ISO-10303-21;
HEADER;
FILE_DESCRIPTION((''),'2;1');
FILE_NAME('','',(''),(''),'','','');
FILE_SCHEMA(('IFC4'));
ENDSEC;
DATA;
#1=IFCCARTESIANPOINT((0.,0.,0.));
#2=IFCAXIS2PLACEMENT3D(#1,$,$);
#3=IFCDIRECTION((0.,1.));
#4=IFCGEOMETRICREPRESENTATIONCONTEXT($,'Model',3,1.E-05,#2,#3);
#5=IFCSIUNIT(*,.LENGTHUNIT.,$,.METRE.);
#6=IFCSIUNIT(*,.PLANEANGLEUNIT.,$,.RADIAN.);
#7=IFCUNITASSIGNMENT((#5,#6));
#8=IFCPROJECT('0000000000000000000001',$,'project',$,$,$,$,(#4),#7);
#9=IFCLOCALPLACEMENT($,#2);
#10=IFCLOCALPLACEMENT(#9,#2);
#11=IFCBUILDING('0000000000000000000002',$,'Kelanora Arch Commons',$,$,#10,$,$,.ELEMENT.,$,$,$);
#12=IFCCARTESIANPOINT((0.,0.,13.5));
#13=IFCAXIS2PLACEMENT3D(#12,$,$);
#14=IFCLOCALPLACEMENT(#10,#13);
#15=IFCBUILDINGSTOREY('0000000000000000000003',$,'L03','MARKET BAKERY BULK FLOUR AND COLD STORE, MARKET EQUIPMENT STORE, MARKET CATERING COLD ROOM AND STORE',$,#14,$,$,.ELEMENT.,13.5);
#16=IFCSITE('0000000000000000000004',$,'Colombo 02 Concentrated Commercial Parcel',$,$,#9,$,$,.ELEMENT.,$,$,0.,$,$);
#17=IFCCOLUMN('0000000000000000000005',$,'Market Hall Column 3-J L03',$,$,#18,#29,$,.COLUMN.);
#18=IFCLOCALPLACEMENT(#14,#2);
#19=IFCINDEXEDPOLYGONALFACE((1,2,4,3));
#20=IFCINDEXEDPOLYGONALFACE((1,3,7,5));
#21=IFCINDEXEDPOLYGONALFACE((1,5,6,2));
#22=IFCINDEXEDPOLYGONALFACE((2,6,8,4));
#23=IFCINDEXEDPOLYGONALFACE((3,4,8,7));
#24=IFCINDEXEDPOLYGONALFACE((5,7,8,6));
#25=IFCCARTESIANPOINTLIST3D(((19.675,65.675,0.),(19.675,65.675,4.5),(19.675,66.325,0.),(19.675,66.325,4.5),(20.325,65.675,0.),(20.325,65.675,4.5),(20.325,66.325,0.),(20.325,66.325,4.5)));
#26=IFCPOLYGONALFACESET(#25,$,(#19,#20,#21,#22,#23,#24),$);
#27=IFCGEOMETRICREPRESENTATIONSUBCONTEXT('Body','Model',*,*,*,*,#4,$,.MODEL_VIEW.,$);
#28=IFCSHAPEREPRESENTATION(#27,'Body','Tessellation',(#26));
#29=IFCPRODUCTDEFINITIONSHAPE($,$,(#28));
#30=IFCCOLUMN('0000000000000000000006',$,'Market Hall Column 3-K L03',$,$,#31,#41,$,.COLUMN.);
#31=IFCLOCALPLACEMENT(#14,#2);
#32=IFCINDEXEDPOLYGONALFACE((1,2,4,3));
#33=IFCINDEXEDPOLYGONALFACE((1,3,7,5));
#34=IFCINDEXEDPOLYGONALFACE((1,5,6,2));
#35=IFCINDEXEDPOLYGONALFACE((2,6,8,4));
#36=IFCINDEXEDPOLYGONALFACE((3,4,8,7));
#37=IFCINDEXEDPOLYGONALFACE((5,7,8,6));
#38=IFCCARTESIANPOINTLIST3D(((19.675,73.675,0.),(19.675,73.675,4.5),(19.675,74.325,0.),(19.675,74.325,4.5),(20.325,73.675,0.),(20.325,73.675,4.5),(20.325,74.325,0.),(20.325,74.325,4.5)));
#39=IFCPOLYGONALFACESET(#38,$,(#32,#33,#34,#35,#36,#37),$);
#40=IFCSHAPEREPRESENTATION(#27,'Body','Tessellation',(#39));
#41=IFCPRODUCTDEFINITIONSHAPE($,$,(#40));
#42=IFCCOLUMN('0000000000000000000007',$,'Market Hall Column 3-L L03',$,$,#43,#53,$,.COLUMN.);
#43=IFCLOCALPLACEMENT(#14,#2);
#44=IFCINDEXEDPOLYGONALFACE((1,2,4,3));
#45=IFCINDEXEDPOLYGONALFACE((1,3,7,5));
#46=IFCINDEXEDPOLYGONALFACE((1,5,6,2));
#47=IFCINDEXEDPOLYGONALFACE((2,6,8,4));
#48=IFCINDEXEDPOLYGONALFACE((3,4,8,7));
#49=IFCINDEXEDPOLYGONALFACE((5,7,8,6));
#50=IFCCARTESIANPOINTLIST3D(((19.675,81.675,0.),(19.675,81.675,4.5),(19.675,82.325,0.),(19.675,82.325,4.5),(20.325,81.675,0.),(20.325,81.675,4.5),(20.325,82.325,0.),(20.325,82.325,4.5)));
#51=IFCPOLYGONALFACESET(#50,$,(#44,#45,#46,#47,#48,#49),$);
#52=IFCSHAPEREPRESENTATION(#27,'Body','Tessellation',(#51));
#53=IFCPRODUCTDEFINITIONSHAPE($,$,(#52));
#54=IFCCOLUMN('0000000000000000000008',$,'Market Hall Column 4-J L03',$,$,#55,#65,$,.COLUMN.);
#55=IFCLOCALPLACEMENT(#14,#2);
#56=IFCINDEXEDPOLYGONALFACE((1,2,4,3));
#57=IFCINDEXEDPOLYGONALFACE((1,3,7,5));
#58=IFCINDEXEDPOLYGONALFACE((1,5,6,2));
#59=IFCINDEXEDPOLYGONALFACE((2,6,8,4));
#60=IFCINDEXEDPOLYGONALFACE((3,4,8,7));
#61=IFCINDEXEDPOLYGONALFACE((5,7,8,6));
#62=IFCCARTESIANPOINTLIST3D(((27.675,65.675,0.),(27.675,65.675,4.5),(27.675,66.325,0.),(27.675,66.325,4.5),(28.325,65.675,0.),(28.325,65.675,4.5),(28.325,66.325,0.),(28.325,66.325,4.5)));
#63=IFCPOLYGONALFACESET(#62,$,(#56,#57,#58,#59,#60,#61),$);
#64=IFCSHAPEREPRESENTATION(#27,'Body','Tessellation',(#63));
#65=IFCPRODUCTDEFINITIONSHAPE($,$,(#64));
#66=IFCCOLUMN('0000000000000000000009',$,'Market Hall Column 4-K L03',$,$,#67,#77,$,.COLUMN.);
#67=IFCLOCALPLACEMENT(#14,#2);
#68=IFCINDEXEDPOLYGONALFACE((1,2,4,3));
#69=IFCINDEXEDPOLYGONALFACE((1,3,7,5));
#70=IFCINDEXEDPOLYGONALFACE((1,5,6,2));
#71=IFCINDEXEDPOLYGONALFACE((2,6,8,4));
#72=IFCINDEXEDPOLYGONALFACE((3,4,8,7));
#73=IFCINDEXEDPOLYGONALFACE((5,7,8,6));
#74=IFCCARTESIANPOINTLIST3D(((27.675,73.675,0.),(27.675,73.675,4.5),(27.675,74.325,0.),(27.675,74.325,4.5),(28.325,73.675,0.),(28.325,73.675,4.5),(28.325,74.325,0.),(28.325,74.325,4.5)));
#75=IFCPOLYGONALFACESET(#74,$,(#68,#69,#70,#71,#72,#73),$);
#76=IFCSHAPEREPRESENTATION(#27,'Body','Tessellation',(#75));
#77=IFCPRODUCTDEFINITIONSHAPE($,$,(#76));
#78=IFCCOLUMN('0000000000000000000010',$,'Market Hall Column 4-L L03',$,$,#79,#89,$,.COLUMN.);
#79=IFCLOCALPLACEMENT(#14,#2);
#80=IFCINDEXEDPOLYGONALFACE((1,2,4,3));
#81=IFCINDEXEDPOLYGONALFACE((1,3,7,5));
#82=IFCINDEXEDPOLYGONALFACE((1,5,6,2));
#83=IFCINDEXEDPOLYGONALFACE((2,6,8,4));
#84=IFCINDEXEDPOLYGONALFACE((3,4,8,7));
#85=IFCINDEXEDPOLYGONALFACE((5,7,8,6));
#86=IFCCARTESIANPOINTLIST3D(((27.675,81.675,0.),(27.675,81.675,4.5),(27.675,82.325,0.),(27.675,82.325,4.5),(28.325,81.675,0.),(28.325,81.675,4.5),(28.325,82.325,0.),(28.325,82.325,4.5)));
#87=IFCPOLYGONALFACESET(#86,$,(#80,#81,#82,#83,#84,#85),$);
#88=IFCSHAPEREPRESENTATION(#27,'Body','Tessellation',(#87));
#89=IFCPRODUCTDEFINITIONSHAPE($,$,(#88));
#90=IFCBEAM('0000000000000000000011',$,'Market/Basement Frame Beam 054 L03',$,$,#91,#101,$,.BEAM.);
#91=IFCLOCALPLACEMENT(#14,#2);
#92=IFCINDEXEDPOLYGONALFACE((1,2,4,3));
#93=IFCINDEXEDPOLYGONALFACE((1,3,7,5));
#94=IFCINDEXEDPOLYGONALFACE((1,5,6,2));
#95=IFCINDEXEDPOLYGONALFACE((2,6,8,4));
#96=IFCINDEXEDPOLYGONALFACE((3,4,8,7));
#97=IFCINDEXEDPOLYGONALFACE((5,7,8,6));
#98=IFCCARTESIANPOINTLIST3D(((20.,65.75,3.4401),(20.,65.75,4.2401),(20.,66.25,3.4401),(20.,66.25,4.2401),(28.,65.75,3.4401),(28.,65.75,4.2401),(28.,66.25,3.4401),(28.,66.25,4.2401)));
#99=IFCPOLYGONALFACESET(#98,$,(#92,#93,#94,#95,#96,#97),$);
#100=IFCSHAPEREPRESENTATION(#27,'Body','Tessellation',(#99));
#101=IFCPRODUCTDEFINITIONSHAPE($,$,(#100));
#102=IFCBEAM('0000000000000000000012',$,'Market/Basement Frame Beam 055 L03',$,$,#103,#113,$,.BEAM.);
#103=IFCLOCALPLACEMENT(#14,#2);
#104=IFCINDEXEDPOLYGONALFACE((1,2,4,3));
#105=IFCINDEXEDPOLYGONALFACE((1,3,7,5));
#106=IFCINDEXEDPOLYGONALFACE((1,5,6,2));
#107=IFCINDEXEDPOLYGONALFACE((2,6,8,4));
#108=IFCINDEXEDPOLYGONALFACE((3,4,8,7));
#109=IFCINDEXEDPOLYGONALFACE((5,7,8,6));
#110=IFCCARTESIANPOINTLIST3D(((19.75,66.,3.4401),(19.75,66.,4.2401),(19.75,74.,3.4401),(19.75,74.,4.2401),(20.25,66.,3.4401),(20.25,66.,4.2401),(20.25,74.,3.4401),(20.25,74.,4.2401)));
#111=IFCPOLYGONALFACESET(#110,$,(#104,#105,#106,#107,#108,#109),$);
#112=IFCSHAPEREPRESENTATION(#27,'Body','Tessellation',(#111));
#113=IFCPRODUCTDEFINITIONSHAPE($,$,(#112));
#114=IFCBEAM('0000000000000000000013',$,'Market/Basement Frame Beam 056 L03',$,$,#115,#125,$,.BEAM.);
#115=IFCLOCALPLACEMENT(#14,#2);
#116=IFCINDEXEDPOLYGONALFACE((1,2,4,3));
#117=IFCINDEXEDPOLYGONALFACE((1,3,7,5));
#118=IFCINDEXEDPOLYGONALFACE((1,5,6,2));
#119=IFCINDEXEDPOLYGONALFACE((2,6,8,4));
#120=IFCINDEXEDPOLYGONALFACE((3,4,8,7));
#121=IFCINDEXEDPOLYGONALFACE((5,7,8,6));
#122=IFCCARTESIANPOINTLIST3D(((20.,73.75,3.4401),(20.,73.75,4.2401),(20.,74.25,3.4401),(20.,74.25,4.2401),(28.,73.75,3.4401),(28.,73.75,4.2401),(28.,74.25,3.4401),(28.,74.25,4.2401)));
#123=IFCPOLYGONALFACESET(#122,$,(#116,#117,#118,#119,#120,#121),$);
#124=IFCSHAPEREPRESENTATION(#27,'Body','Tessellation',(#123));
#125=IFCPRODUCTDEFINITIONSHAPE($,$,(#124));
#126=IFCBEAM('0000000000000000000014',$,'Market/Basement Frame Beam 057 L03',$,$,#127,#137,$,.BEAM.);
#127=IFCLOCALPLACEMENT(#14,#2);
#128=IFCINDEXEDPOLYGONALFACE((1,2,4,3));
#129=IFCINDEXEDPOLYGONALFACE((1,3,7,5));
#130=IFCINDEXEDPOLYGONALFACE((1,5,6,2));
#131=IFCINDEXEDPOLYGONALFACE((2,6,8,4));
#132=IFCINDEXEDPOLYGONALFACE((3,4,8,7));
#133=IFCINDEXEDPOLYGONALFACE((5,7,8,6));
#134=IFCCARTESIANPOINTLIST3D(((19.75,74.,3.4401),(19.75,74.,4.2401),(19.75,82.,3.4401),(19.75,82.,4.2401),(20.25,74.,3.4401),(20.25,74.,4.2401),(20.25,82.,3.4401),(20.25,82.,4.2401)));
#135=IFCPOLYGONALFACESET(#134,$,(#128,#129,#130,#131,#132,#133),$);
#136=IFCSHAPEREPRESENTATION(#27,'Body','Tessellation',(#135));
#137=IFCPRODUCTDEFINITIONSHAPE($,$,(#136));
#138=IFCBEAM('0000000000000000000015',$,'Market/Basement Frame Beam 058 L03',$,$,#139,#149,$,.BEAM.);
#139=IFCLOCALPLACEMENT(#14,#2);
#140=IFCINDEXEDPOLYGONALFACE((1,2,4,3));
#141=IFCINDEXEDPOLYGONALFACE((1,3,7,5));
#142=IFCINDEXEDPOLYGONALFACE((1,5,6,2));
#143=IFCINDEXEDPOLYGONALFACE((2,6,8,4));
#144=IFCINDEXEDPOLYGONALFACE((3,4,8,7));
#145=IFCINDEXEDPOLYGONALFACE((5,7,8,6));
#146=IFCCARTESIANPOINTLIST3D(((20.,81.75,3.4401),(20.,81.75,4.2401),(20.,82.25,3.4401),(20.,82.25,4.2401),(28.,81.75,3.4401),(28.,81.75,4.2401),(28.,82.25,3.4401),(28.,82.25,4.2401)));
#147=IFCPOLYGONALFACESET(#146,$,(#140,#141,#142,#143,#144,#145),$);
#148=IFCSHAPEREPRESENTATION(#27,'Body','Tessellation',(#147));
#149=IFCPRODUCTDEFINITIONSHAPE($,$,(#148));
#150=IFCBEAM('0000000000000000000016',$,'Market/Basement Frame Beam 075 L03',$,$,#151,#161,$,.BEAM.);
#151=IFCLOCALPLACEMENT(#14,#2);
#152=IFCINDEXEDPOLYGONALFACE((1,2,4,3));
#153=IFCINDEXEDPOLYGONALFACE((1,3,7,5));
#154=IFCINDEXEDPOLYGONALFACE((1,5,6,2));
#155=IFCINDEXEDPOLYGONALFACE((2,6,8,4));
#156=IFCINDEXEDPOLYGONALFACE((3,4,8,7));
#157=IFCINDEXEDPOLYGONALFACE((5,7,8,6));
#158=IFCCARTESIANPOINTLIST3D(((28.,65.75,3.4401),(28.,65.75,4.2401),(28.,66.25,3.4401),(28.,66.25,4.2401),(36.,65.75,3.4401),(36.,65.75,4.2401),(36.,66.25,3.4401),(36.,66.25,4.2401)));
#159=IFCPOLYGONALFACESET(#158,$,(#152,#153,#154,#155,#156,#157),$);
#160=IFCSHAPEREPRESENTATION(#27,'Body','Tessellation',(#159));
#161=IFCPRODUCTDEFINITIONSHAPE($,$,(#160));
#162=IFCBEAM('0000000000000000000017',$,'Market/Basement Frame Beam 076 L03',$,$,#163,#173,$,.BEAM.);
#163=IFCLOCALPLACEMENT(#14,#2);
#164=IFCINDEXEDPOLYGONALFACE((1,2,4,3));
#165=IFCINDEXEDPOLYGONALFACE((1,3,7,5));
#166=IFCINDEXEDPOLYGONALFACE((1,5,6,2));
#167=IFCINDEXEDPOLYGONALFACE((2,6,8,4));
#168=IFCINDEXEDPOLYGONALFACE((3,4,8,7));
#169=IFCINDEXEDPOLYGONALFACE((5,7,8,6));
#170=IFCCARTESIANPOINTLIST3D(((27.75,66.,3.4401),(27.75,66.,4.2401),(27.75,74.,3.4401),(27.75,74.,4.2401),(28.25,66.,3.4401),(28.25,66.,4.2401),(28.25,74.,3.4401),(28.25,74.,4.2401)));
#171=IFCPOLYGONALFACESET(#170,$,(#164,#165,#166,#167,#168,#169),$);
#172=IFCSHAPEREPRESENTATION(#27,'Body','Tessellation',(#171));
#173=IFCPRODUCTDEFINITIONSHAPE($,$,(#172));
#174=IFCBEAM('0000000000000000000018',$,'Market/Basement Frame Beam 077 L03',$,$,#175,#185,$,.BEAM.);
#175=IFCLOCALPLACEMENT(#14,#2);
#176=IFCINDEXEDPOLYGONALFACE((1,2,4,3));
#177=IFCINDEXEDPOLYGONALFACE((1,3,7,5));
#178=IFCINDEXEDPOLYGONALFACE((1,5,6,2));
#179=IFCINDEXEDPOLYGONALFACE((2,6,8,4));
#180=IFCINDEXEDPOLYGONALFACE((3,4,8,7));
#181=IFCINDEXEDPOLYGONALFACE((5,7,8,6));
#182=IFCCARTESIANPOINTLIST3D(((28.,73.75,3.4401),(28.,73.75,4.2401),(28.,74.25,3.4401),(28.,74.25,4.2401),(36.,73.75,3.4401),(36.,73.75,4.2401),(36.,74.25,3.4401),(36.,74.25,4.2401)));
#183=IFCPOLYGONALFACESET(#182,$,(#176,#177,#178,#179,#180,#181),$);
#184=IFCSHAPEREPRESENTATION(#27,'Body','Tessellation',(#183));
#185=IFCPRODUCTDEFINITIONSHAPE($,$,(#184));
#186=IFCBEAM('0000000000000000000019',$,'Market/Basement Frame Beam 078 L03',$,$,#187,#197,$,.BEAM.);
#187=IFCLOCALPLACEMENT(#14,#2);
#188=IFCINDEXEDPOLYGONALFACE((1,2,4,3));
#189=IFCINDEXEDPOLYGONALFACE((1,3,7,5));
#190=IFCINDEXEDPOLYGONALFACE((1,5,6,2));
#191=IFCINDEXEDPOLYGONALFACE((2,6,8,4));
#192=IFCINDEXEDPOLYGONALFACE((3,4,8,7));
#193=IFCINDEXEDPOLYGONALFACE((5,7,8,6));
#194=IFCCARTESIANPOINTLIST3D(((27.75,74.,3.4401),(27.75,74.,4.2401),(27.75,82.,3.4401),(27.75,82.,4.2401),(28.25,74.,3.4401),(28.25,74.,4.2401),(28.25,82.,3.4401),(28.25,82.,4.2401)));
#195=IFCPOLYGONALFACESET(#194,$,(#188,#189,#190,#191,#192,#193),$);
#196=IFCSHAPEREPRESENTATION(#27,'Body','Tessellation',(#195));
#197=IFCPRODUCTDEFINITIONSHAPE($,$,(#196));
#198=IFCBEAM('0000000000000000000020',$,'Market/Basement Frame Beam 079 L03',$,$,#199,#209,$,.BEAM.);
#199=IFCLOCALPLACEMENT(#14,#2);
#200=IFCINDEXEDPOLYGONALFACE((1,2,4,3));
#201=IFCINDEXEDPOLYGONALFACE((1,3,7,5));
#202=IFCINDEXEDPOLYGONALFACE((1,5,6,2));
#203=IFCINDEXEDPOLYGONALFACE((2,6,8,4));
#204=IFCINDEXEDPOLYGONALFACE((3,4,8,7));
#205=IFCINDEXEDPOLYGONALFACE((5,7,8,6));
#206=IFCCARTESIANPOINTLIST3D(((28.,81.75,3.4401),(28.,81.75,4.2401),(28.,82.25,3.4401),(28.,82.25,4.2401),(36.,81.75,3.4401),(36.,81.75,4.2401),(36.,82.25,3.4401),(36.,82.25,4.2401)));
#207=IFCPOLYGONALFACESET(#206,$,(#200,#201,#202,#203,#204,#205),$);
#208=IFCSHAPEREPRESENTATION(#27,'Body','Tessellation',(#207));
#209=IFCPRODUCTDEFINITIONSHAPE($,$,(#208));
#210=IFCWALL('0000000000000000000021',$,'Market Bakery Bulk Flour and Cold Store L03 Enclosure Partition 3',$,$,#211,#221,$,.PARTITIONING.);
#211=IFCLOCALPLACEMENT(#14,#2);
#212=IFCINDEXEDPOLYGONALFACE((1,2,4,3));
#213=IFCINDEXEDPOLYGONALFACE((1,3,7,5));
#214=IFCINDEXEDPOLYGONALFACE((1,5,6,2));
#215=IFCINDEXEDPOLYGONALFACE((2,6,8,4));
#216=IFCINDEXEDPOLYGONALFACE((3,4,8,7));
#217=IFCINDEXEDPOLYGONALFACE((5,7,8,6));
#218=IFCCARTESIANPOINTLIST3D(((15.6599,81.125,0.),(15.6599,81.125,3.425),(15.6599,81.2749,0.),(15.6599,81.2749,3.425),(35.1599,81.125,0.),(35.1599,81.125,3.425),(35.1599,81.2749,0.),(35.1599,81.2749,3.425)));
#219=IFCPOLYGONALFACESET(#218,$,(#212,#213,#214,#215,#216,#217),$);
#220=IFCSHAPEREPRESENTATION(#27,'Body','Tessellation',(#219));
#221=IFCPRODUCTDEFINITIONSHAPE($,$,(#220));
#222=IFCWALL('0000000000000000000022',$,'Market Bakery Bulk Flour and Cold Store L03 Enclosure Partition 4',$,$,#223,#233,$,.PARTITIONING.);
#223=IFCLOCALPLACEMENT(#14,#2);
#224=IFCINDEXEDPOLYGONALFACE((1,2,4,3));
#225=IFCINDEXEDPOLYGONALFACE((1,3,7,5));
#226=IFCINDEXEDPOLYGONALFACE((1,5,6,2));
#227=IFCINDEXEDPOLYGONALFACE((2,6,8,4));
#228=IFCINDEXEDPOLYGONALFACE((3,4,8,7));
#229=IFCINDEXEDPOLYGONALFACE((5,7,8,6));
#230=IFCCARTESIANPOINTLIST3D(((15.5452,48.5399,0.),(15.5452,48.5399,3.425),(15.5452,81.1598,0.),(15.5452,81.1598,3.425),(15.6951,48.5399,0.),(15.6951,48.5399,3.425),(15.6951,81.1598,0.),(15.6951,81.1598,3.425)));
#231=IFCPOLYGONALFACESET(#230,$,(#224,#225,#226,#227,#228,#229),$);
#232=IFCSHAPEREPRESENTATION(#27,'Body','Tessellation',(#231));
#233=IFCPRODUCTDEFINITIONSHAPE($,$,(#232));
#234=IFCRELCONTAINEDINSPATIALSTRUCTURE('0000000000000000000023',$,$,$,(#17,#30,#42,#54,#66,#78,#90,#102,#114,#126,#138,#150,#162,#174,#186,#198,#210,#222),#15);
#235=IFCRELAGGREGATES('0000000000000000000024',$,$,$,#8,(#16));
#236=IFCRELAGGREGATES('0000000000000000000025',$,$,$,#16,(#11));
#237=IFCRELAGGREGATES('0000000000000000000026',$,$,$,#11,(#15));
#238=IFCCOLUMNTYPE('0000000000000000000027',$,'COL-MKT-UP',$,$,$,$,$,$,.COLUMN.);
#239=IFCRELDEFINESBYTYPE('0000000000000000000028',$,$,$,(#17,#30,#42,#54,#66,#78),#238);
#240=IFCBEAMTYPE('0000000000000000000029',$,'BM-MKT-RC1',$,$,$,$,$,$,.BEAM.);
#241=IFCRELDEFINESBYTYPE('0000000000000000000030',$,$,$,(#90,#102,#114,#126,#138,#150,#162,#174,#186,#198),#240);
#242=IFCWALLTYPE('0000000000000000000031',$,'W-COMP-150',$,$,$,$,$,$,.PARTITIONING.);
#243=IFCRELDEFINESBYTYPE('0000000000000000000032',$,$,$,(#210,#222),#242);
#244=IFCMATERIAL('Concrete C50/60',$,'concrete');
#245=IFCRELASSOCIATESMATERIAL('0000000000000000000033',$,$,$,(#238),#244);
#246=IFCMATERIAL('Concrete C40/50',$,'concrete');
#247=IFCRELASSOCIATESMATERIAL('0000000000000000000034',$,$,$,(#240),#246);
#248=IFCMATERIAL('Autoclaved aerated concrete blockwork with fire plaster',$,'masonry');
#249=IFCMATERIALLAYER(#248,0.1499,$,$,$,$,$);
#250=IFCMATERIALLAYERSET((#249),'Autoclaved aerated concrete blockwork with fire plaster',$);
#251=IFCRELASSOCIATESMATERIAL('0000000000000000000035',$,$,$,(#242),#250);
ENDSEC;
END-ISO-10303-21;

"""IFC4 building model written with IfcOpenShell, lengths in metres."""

from ifc_helpers import new_model, si_unit, direction, frame, frame_2d, origin, origin_2d, place, context, subcontext, project, spatial, rectangle, extrude, material, layer, layer_set, material_profile, profile_set, type_object, element, save


model = new_model("IFC4")

# Units and contexts
model_context = context("Model", 3, precision=1e-05, world=origin(), true_north=direction((0.0, 1.0)))
body_context = subcontext(model_context, "Body", "Model", "MODEL_VIEW")
ifc_project = project(units=[si_unit("LENGTHUNIT", "METRE"), si_unit("PLANEANGLEUNIT", "RADIAN")], contexts=[model_context])

# Site, building, storey
site_placement = place(None, origin())
site = spatial("IfcSite", under=ifc_project, at=site_placement, Name="Colombo 02 Concentrated Commercial Parcel", CompositionType="ELEMENT", RefElevation=0.0)
building_placement = place(site_placement, origin())
building = spatial("IfcBuilding", under=site, at=building_placement, Name="Kelanora Arch Commons", CompositionType="ELEMENT")
storey_placement = place(building_placement, frame((0.0, 0.0, 13.5)))
storey = spatial("IfcBuildingStorey", under=building, at=storey_placement, Name="L03", Description="MARKET BAKERY BULK FLOUR AND COLD STORE, MARKET EQUIPMENT STORE, MARKET CATERING COLD ROOM AND STORE", CompositionType="ELEMENT", Elevation=13.5)

# Columns
ifc_material_1 = material(Name="Concrete C50/60", Category="concrete")
ifc_material_profile_1 = material_profile(ifc_material_1, rectangle(XDim=0.6499, YDim=0.6499, at=origin_2d()), Name="RC650x650")
ifc_profile_set_1 = profile_set([ifc_material_profile_1], Name="Concrete C50/60")
column_type = type_object("IfcColumnType", Name="COL-MKT-UP", PredefinedType="COLUMN", material=ifc_profile_set_1)
for number, where, z_axis, x_axis, name in (
    (1, (20.0, 66.0, 0.0), (0.0, 0.0, 1.0), (1.0, 0.0, 0.0), "Market Hall Column 3-J L03"),
    (2, (20.0, 74.0, 0.0), (0.0, 0.0, 1.0), (1.0, 0.0, 0.0), "Market Hall Column 3-K L03"),
    (3, (20.0, 82.0, 0.0), (0.0, 0.0, 1.0), (1.0, 0.0, 0.0), "Market Hall Column 3-L L03"),
    (4, (28.0, 66.0, 0.0), (0.0, 0.0, 1.0), (1.0, 0.0, 0.0), "Market Hall Column 4-J L03"),
    (5, (28.0, 74.0, 0.0), (0.0, 0.0, 1.0), (1.0, 0.0, 0.0), "Market Hall Column 4-K L03"),
    (6, (28.0, 82.0, 0.0), (0.0, 0.0, 1.0), (1.0, 0.0, 0.0), "Market Hall Column 4-L L03"),
):
    element("IfcColumn", number, at=place(storey_placement, frame(where, z_axis=z_axis, x_axis=x_axis)), inside=storey, type_object=column_type, Name=name, PredefinedType="COLUMN", context=body_context, shape_type="SweptSolid", body=[
        extrude(rectangle(XDim=0.6499, YDim=0.6499, at=origin_2d()), origin(), (0.0, 0.0, 1.0), 4.5),
    ])

# Beams
ifc_material_2 = material(Name="Concrete C40/50", Category="concrete")
ifc_material_profile_2 = material_profile(ifc_material_2, rectangle(XDim=0.5, YDim=0.8, at=origin_2d()), Name="RCB500x800")
ifc_profile_set_2 = profile_set([ifc_material_profile_2], Name="Concrete C40/50")
beam_type = type_object("IfcBeamType", Name="BM-MKT-RC1", PredefinedType="BEAM", material=ifc_profile_set_2)
for number, where, z_axis, x_axis, name in (
    (7, (20.0, 66.0, 3.8401), (1.0, 0.0, 0.0), (0.0, 1.0, 0.0), "Market/Basement Frame Beam 054 L03"),
    (8, (20.0, 66.0, 3.8401), (0.0, 1.0, 0.0), (-1.0, 0.0, 0.0), "Market/Basement Frame Beam 055 L03"),
    (9, (20.0, 74.0, 3.8401), (1.0, 0.0, 0.0), (0.0, 1.0, 0.0), "Market/Basement Frame Beam 056 L03"),
    (10, (20.0, 74.0, 3.8401), (0.0, 1.0, 0.0), (-1.0, 0.0, 0.0), "Market/Basement Frame Beam 057 L03"),
    (11, (20.0, 82.0, 3.8401), (1.0, 0.0, 0.0), (0.0, 1.0, 0.0), "Market/Basement Frame Beam 058 L03"),
    (12, (28.0, 66.0, 3.8401), (1.0, 0.0, 0.0), (0.0, 1.0, 0.0), "Market/Basement Frame Beam 075 L03"),
    (13, (28.0, 66.0, 3.8401), (0.0, 1.0, 0.0), (-1.0, 0.0, 0.0), "Market/Basement Frame Beam 076 L03"),
    (14, (28.0, 74.0, 3.8401), (1.0, 0.0, 0.0), (0.0, 1.0, 0.0), "Market/Basement Frame Beam 077 L03"),
    (15, (28.0, 74.0, 3.8401), (0.0, 1.0, 0.0), (-1.0, 0.0, 0.0), "Market/Basement Frame Beam 078 L03"),
    (16, (28.0, 82.0, 3.8401), (1.0, 0.0, 0.0), (0.0, 1.0, 0.0), "Market/Basement Frame Beam 079 L03"),
):
    element("IfcBeam", number, at=place(storey_placement, frame(where, z_axis=z_axis, x_axis=x_axis)), inside=storey, type_object=beam_type, Name=name, PredefinedType="BEAM", context=body_context, shape_type="SweptSolid", body=[
        extrude(rectangle(XDim=0.5, YDim=0.8, at=origin_2d()), origin(), (0.0, 0.0, 1.0), 8.0),
    ])

# Walls
ifc_material_3 = material(Name="Autoclaved aerated concrete blockwork with fire plaster", Category="masonry")
ifc_layer_1 = layer(ifc_material_3, 0.1499)
ifc_layer_set_1 = layer_set([ifc_layer_1], Name="Autoclaved aerated concrete blockwork with fire plaster")
wall_type_1 = type_object("IfcWallType", Name="W-COMP-150", PredefinedType="PARTITIONING", material=ifc_layer_set_1)
wall_1_placement = place(storey_placement, frame((35.1599, 81.2, 0.0), z_axis=(0.0, 0.0, 1.0), x_axis=(-1.0, 0.0, 0.0)))
element("IfcWall", 17, at=wall_1_placement, inside=storey, type_object=wall_type_1, Name="Market Bakery Bulk Flour and Cold Store L03 Enclosure Partition 3", PredefinedType="PARTITIONING", context=body_context, shape_type="SweptSolid", body=[
    extrude(rectangle(XDim=19.5, YDim=0.1499, at=frame_2d((9.75, 0.0))), origin(), (0.0, 0.0, 1.0), 3.425),
])
wall_2_placement = place(storey_placement, frame((15.6201, 81.1599, 0.0), z_axis=(0.0, 0.0, 1.0), x_axis=(0.0, -1.0, 0.0)))
element("IfcWall", 18, at=wall_2_placement, inside=storey, type_object=wall_type_1, Name="Market Bakery Bulk Flour and Cold Store L03 Enclosure Partition 4", PredefinedType="PARTITIONING", context=body_context, shape_type="SweptSolid", body=[
    extrude(rectangle(XDim=32.6199, YDim=0.1499, at=frame_2d((16.3101, 0.0))), origin(), (0.0, 0.0, 1.0), 3.425),
])

save(model, "model.ifc")
